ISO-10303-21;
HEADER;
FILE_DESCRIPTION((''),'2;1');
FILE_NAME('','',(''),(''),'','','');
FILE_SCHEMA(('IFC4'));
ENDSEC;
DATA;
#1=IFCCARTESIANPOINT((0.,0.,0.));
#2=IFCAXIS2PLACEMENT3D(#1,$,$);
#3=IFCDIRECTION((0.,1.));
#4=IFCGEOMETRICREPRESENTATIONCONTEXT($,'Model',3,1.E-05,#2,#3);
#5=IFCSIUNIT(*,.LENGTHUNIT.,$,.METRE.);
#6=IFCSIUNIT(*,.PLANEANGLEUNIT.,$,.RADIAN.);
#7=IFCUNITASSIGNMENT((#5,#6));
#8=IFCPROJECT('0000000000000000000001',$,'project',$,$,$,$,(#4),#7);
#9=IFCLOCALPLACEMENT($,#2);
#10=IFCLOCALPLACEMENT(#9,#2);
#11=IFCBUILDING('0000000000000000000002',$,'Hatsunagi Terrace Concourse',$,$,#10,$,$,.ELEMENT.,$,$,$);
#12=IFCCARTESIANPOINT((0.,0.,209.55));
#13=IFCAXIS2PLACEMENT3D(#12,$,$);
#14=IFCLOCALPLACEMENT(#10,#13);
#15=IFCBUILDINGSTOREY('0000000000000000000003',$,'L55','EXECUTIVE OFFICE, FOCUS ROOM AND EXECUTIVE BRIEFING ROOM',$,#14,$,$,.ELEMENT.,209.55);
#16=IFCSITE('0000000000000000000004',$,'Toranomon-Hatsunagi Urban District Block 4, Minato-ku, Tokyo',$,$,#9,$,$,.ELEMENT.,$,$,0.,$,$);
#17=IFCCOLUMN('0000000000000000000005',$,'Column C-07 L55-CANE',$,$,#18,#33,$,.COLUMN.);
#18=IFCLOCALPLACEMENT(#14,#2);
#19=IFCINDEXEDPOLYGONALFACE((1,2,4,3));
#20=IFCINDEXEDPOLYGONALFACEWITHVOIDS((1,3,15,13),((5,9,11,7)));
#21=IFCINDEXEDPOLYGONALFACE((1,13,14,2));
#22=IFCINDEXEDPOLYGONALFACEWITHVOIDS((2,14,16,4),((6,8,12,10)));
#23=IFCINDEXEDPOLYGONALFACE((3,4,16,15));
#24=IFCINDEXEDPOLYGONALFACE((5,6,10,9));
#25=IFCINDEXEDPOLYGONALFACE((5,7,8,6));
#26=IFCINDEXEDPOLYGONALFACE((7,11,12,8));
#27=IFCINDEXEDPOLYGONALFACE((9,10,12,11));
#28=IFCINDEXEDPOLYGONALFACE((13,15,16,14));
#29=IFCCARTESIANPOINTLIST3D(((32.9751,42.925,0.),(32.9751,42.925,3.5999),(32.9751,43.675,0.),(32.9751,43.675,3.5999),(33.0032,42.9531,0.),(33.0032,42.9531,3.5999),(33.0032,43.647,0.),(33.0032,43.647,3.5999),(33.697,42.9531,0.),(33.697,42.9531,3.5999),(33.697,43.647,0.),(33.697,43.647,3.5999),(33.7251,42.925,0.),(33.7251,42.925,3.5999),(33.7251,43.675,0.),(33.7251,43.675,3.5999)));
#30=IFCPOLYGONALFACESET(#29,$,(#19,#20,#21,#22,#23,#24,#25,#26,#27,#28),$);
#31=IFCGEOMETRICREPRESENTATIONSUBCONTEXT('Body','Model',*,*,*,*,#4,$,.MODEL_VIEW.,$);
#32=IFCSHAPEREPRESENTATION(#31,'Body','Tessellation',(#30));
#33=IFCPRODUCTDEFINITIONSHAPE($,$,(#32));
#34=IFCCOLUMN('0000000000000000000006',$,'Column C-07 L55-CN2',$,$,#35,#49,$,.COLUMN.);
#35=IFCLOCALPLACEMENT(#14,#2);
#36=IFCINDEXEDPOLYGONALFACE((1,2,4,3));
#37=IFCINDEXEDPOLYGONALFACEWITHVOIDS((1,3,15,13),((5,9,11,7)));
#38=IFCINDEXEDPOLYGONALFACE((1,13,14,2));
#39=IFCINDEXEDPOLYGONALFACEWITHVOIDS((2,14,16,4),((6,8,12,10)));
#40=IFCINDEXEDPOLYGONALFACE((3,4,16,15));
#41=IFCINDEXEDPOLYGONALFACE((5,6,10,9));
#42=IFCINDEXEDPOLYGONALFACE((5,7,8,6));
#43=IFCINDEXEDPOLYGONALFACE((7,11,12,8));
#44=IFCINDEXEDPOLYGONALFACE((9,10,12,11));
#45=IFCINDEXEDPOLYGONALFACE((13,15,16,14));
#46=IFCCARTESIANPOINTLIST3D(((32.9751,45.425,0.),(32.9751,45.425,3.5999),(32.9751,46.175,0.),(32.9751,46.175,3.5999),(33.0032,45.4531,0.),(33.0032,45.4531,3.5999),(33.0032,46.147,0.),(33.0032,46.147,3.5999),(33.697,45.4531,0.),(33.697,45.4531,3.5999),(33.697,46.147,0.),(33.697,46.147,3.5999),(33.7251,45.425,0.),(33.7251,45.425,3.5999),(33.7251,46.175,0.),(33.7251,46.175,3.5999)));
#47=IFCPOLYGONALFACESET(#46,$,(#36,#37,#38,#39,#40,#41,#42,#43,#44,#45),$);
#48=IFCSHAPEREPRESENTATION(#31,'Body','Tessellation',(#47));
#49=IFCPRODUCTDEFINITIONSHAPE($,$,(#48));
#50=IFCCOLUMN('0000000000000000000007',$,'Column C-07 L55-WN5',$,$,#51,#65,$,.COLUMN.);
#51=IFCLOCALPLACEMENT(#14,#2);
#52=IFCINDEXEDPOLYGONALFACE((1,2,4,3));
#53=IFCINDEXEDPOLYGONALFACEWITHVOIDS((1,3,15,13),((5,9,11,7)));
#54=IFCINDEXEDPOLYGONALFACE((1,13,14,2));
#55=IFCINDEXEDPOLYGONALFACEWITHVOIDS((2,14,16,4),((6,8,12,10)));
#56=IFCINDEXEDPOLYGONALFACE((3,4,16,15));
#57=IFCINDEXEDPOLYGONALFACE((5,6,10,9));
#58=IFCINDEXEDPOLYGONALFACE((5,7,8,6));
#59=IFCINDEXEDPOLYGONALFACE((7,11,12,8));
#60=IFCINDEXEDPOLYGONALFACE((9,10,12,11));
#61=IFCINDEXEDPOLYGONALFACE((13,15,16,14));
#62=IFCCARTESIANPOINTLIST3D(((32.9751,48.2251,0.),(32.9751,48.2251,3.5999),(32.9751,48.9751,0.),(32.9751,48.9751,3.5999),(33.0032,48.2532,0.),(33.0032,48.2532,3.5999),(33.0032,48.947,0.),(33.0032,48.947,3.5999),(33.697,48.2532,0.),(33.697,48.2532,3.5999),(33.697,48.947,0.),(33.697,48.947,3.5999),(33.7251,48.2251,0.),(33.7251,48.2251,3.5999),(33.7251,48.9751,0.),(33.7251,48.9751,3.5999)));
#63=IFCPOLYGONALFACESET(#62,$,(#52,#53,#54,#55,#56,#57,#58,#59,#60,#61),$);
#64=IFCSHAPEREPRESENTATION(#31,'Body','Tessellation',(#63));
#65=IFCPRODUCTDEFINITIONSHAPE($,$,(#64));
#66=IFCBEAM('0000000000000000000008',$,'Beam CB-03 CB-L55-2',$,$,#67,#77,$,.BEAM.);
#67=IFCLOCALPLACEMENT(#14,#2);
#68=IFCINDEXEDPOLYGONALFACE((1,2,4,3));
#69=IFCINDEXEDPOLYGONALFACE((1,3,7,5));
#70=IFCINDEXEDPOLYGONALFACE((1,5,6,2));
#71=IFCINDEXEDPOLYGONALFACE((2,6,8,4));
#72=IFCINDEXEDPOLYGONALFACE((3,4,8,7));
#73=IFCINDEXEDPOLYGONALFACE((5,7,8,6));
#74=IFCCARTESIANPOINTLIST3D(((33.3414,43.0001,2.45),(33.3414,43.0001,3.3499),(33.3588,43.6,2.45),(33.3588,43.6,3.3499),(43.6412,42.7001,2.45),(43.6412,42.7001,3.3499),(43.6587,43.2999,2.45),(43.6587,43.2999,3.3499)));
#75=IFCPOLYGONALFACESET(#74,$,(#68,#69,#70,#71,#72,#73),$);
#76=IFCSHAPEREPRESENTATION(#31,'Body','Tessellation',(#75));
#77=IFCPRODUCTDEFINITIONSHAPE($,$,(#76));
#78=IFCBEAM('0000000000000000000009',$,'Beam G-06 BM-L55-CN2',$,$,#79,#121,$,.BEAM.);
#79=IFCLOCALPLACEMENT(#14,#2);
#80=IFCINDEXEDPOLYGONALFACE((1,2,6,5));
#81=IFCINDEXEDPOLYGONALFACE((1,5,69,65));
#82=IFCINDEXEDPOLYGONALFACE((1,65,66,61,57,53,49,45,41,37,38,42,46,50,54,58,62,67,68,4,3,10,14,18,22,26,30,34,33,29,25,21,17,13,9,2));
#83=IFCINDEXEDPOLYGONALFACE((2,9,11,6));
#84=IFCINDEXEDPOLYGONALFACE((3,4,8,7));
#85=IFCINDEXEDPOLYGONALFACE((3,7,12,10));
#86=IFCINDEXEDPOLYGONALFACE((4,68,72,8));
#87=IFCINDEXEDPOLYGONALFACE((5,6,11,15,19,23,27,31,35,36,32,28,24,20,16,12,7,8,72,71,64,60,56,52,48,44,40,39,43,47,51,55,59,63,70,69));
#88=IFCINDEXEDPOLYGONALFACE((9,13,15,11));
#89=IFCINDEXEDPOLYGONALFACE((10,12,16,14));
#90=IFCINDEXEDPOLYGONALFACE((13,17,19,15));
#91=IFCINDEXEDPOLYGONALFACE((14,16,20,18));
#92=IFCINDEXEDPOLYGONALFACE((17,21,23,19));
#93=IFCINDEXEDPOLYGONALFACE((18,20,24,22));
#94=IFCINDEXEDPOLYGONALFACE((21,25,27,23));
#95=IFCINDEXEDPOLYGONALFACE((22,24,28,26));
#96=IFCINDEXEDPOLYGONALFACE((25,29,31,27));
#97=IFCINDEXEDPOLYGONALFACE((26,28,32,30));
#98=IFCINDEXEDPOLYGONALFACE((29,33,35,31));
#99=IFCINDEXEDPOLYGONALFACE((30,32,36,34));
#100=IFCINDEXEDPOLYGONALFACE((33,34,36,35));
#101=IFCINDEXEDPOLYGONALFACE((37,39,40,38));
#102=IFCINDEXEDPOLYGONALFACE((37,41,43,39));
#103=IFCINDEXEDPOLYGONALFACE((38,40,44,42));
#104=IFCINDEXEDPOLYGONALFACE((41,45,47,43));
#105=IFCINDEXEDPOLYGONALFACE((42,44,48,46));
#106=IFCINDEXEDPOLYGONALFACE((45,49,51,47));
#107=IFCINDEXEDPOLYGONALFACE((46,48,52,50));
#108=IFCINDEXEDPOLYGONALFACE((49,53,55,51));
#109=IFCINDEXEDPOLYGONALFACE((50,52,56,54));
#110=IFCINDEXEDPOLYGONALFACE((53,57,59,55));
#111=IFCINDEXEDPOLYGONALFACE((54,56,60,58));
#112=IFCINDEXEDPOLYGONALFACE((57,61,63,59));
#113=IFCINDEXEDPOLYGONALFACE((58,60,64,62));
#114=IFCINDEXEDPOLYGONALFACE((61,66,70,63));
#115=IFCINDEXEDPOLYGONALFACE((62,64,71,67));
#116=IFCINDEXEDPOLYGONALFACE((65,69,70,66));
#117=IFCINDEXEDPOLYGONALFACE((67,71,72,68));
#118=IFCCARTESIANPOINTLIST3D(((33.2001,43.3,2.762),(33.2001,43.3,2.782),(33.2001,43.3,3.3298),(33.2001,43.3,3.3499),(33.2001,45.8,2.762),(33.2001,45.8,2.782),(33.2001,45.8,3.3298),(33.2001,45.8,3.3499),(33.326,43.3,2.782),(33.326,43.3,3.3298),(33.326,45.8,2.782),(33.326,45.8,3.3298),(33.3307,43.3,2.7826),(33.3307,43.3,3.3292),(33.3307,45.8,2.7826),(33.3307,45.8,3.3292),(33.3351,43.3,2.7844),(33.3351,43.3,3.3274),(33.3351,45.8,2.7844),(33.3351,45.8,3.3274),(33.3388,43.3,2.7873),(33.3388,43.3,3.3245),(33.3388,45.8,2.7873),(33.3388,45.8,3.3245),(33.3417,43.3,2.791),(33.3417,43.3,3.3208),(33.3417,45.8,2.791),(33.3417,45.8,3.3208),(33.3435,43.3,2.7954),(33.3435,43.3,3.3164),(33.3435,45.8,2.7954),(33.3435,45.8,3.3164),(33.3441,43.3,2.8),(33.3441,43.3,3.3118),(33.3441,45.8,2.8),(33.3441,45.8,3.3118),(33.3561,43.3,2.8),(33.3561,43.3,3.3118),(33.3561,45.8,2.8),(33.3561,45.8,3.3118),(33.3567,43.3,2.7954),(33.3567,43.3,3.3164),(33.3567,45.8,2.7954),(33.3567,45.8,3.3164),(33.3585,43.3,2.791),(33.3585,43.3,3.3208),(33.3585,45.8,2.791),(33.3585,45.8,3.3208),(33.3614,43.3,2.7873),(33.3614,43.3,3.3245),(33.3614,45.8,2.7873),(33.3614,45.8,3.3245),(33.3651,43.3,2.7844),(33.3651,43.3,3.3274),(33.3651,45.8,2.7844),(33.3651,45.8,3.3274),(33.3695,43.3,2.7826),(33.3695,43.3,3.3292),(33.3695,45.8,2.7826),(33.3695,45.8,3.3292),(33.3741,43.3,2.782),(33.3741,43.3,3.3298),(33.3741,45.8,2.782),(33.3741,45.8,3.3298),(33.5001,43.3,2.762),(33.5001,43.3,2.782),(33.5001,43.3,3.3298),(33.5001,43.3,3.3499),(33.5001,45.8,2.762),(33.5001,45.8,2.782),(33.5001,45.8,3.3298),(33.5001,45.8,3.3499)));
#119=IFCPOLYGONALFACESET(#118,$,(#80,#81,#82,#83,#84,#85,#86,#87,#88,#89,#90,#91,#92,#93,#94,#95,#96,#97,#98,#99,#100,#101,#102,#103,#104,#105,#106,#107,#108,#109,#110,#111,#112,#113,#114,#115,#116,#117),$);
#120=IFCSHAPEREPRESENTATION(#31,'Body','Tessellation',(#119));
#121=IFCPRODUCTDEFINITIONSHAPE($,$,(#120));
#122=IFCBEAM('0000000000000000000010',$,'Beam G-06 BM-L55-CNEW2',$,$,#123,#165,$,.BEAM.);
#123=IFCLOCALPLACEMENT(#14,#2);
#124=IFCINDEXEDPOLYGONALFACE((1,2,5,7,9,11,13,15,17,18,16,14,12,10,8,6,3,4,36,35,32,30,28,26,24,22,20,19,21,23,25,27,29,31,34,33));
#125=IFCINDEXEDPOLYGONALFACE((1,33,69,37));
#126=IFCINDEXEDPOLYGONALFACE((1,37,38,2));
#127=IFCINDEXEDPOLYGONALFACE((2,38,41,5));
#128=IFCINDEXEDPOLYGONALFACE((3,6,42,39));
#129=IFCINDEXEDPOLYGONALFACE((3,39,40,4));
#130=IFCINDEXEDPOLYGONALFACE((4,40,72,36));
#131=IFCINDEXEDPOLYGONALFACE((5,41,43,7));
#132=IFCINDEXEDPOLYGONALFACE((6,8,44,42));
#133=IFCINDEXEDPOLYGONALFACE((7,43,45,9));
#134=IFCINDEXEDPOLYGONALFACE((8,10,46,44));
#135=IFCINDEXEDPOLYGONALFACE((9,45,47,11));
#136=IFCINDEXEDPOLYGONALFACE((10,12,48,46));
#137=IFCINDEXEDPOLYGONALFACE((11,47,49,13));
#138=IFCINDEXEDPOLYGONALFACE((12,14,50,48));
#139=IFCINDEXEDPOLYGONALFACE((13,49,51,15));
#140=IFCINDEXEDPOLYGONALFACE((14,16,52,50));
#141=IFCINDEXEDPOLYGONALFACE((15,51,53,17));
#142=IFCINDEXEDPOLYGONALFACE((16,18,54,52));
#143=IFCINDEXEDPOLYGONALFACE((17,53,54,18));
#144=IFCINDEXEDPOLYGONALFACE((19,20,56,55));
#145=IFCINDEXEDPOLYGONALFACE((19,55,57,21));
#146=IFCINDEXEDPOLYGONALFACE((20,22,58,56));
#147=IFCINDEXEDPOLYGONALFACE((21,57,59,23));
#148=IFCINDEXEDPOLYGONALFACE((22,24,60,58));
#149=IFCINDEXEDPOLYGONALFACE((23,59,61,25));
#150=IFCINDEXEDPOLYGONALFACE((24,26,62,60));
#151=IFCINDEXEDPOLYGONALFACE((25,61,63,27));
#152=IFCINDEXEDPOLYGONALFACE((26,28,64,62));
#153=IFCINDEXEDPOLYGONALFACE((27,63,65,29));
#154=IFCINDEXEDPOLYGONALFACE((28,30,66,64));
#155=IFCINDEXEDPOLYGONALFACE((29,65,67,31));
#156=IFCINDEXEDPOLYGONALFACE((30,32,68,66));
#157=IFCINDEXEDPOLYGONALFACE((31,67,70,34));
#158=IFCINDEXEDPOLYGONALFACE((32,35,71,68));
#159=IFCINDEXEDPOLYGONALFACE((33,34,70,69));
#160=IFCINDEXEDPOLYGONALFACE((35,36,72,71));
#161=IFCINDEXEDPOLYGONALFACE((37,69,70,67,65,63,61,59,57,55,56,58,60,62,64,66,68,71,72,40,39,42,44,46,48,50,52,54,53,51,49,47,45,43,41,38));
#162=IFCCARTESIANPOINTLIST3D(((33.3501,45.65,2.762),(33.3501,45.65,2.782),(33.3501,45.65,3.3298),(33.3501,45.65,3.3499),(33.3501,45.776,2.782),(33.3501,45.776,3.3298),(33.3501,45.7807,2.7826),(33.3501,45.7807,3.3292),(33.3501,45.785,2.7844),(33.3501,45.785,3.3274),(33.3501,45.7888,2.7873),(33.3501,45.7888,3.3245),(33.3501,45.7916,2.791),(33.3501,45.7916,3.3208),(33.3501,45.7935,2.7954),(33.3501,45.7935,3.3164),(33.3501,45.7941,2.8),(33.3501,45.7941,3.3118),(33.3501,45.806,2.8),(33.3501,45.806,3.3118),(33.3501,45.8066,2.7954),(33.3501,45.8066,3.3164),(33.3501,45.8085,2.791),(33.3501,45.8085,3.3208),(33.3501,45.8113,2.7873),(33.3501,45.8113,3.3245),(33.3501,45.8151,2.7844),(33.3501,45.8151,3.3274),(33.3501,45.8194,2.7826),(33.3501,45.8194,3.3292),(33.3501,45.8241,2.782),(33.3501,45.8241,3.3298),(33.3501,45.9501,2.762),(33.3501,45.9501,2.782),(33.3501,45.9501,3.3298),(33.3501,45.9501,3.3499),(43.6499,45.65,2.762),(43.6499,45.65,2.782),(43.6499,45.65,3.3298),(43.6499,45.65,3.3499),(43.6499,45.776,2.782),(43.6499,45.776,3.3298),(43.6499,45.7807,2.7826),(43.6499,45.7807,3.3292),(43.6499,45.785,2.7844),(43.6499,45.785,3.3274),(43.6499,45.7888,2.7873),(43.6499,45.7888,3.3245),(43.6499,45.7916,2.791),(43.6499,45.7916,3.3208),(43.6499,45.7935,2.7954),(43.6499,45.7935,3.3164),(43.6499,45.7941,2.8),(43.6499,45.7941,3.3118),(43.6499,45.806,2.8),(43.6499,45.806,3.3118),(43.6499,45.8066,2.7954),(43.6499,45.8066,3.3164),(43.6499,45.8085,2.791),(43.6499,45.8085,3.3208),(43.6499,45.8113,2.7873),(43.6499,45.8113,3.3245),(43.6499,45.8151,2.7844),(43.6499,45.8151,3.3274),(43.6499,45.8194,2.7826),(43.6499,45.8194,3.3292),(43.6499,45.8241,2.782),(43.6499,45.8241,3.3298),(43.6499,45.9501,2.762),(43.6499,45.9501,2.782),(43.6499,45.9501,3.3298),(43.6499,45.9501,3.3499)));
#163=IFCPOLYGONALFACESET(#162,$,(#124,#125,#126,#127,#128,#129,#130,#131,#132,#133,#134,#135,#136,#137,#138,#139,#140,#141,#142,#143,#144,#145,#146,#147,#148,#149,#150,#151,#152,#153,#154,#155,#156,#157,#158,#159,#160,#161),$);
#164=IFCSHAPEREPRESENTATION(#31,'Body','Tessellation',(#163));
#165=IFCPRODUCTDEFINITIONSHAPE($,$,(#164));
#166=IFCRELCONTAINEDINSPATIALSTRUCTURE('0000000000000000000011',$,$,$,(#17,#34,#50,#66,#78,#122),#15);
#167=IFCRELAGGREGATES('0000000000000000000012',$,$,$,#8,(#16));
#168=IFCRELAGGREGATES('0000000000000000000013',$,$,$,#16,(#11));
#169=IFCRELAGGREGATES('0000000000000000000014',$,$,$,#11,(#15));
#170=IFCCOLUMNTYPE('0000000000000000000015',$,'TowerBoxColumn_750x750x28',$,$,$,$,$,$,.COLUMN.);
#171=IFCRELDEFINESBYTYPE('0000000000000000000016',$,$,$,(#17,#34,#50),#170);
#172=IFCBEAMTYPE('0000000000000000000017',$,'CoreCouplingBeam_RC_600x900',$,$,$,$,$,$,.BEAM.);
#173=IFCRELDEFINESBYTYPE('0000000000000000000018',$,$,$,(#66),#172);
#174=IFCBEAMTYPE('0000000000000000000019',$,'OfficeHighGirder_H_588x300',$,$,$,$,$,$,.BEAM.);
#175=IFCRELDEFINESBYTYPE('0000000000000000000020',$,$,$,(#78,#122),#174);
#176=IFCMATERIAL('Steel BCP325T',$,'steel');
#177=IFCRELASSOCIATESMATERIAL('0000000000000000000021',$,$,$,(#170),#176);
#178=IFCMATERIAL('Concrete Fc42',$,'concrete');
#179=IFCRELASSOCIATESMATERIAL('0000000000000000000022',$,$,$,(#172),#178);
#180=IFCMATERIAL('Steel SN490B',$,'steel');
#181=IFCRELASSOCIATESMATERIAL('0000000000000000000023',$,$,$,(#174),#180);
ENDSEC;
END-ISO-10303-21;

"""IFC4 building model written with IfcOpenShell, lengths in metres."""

from ifc_helpers import new_model, si_unit, direction, frame, origin, origin_2d, place, context, subcontext, project, spatial, rectangle, hollow_rectangle, i_section, extrude, material, material_profile, profile_set, type_object, element, save


model = new_model("IFC4")

# Units and contexts
model_context = context("Model", 3, precision=1e-05, world=origin(), true_north=direction((0.0, 1.0)))
body_context = subcontext(model_context, "Body", "Model", "MODEL_VIEW")
ifc_project = project(units=[si_unit("LENGTHUNIT", "METRE"), si_unit("PLANEANGLEUNIT", "RADIAN")], contexts=[model_context])

# Site, building, storey
site_placement = place(None, origin())
site = spatial("IfcSite", under=ifc_project, at=site_placement, Name="Toranomon-Hatsunagi Urban District Block 4, Minato-ku, Tokyo", CompositionType="ELEMENT", RefElevation=0.0)
building_placement = place(site_placement, origin())
building = spatial("IfcBuilding", under=site, at=building_placement, Name="Hatsunagi Terrace Concourse", CompositionType="ELEMENT")
storey_placement = place(building_placement, frame((0.0, 0.0, 209.55)))
storey = spatial("IfcBuildingStorey", under=building, at=storey_placement, Name="L55", Description="EXECUTIVE OFFICE, FOCUS ROOM AND EXECUTIVE BRIEFING ROOM", CompositionType="ELEMENT", Elevation=209.55)

# Columns
ifc_material_1 = material(Name="Steel BCP325T", Category="steel")
ifc_material_profile_1 = material_profile(ifc_material_1, hollow_rectangle(XDim=0.75, YDim=0.75, WallThickness=0.0281, at=origin_2d()), Name="BCP-750x750x28")
ifc_profile_set_1 = profile_set([ifc_material_profile_1], Name="Steel BCP325T")
column_type = type_object("IfcColumnType", Name="TowerBoxColumn_750x750x28", PredefinedType="COLUMN", material=ifc_profile_set_1)
for number, where, z_axis, x_axis, name in (
    (1, (33.3501, 43.3, 0.0), (0.0, 0.0, 1.0), (1.0, 0.0, 0.0), "Column C-07 L55-CANE"),
    (2, (33.3501, 45.8, 0.0), (0.0, 0.0, 1.0), (1.0, 0.0, 0.0), "Column C-07 L55-CN2"),
    (3, (33.3501, 48.6001, 0.0), (0.0, 0.0, 1.0), (1.0, 0.0, 0.0), "Column C-07 L55-WN5"),
):
    element("IfcColumn", number, at=place(storey_placement, frame(where, z_axis=z_axis, x_axis=x_axis)), inside=storey, type_object=column_type, Name=name, PredefinedType="COLUMN", context=body_context, shape_type="SweptSolid", body=[
        extrude(hollow_rectangle(XDim=0.75, YDim=0.75, WallThickness=0.0281, at=origin_2d()), origin(), (0.0, 0.0, 1.0), 3.5999),
    ])

# Beams
ifc_material_2 = material(Name="Concrete Fc42", Category="concrete")
ifc_material_profile_2 = material_profile(ifc_material_2, rectangle(XDim=0.6001, YDim=0.8999, at=origin_2d()), Name="RC-600x900")
ifc_profile_set_2 = profile_set([ifc_material_profile_2], Name="Concrete Fc42")
beam_type_1 = type_object("IfcBeamType", Name="CoreCouplingBeam_RC_600x900", PredefinedType="BEAM", material=ifc_profile_set_2)
beam_1_placement = place(storey_placement, frame((33.3501, 43.3, 2.8999), z_axis=(0.999576, -0.029119, 0.0), x_axis=(0.029119, 0.999576, 0.0)))
element("IfcBeam", 4, at=beam_1_placement, inside=storey, type_object=beam_type_1, Name="Beam CB-03 CB-L55-2", PredefinedType="BEAM", context=body_context, shape_type="SweptSolid", body=[
    extrude(rectangle(XDim=0.6001, YDim=0.8999, at=origin_2d()), origin(), (0.0, 0.0, 1.0), 10.3042),
])
ifc_material_3 = material(Name="Steel SN490B", Category="steel")
ifc_material_profile_3 = material_profile(ifc_material_3, i_section(OverallWidth=0.3, OverallDepth=0.5879, WebThickness=0.012, FlangeThickness=0.02, FilletRadius=0.0181, at=origin_2d()), Name="H-588x300x12x20")
ifc_profile_set_3 = profile_set([ifc_material_profile_3], Name="Steel SN490B")
beam_type_2 = type_object("IfcBeamType", Name="OfficeHighGirder_H_588x300", PredefinedType="BEAM", material=ifc_profile_set_3)
beam_2_placement = place(storey_placement, frame((33.3501, 43.3, 3.0559), z_axis=(0.0, 1.0, 0.0), x_axis=(-1.0, 0.0, 0.0)))
element("IfcBeam", 5, at=beam_2_placement, inside=storey, type_object=beam_type_2, Name="Beam G-06 BM-L55-CN2", PredefinedType="BEAM", context=body_context, shape_type="SweptSolid", body=[
    extrude(i_section(OverallWidth=0.3, OverallDepth=0.5879, WebThickness=0.012, FlangeThickness=0.02, FilletRadius=0.0181, at=origin_2d()), origin(), (0.0, 0.0, 1.0), 2.5),
])
beam_3_placement = place(storey_placement, frame((33.3501, 45.8, 3.0559), z_axis=(1.0, 0.0, 0.0), x_axis=(0.0, 1.0, 0.0)))
element("IfcBeam", 6, at=beam_3_placement, inside=storey, type_object=beam_type_2, Name="Beam G-06 BM-L55-CNEW2", PredefinedType="BEAM", context=body_context, shape_type="SweptSolid", body=[
    extrude(i_section(OverallWidth=0.3, OverallDepth=0.5879, WebThickness=0.012, FlangeThickness=0.02, FilletRadius=0.0181, at=origin_2d()), origin(), (0.0, 0.0, 1.0), 10.2998),
])

save(model, "model.ifc")
